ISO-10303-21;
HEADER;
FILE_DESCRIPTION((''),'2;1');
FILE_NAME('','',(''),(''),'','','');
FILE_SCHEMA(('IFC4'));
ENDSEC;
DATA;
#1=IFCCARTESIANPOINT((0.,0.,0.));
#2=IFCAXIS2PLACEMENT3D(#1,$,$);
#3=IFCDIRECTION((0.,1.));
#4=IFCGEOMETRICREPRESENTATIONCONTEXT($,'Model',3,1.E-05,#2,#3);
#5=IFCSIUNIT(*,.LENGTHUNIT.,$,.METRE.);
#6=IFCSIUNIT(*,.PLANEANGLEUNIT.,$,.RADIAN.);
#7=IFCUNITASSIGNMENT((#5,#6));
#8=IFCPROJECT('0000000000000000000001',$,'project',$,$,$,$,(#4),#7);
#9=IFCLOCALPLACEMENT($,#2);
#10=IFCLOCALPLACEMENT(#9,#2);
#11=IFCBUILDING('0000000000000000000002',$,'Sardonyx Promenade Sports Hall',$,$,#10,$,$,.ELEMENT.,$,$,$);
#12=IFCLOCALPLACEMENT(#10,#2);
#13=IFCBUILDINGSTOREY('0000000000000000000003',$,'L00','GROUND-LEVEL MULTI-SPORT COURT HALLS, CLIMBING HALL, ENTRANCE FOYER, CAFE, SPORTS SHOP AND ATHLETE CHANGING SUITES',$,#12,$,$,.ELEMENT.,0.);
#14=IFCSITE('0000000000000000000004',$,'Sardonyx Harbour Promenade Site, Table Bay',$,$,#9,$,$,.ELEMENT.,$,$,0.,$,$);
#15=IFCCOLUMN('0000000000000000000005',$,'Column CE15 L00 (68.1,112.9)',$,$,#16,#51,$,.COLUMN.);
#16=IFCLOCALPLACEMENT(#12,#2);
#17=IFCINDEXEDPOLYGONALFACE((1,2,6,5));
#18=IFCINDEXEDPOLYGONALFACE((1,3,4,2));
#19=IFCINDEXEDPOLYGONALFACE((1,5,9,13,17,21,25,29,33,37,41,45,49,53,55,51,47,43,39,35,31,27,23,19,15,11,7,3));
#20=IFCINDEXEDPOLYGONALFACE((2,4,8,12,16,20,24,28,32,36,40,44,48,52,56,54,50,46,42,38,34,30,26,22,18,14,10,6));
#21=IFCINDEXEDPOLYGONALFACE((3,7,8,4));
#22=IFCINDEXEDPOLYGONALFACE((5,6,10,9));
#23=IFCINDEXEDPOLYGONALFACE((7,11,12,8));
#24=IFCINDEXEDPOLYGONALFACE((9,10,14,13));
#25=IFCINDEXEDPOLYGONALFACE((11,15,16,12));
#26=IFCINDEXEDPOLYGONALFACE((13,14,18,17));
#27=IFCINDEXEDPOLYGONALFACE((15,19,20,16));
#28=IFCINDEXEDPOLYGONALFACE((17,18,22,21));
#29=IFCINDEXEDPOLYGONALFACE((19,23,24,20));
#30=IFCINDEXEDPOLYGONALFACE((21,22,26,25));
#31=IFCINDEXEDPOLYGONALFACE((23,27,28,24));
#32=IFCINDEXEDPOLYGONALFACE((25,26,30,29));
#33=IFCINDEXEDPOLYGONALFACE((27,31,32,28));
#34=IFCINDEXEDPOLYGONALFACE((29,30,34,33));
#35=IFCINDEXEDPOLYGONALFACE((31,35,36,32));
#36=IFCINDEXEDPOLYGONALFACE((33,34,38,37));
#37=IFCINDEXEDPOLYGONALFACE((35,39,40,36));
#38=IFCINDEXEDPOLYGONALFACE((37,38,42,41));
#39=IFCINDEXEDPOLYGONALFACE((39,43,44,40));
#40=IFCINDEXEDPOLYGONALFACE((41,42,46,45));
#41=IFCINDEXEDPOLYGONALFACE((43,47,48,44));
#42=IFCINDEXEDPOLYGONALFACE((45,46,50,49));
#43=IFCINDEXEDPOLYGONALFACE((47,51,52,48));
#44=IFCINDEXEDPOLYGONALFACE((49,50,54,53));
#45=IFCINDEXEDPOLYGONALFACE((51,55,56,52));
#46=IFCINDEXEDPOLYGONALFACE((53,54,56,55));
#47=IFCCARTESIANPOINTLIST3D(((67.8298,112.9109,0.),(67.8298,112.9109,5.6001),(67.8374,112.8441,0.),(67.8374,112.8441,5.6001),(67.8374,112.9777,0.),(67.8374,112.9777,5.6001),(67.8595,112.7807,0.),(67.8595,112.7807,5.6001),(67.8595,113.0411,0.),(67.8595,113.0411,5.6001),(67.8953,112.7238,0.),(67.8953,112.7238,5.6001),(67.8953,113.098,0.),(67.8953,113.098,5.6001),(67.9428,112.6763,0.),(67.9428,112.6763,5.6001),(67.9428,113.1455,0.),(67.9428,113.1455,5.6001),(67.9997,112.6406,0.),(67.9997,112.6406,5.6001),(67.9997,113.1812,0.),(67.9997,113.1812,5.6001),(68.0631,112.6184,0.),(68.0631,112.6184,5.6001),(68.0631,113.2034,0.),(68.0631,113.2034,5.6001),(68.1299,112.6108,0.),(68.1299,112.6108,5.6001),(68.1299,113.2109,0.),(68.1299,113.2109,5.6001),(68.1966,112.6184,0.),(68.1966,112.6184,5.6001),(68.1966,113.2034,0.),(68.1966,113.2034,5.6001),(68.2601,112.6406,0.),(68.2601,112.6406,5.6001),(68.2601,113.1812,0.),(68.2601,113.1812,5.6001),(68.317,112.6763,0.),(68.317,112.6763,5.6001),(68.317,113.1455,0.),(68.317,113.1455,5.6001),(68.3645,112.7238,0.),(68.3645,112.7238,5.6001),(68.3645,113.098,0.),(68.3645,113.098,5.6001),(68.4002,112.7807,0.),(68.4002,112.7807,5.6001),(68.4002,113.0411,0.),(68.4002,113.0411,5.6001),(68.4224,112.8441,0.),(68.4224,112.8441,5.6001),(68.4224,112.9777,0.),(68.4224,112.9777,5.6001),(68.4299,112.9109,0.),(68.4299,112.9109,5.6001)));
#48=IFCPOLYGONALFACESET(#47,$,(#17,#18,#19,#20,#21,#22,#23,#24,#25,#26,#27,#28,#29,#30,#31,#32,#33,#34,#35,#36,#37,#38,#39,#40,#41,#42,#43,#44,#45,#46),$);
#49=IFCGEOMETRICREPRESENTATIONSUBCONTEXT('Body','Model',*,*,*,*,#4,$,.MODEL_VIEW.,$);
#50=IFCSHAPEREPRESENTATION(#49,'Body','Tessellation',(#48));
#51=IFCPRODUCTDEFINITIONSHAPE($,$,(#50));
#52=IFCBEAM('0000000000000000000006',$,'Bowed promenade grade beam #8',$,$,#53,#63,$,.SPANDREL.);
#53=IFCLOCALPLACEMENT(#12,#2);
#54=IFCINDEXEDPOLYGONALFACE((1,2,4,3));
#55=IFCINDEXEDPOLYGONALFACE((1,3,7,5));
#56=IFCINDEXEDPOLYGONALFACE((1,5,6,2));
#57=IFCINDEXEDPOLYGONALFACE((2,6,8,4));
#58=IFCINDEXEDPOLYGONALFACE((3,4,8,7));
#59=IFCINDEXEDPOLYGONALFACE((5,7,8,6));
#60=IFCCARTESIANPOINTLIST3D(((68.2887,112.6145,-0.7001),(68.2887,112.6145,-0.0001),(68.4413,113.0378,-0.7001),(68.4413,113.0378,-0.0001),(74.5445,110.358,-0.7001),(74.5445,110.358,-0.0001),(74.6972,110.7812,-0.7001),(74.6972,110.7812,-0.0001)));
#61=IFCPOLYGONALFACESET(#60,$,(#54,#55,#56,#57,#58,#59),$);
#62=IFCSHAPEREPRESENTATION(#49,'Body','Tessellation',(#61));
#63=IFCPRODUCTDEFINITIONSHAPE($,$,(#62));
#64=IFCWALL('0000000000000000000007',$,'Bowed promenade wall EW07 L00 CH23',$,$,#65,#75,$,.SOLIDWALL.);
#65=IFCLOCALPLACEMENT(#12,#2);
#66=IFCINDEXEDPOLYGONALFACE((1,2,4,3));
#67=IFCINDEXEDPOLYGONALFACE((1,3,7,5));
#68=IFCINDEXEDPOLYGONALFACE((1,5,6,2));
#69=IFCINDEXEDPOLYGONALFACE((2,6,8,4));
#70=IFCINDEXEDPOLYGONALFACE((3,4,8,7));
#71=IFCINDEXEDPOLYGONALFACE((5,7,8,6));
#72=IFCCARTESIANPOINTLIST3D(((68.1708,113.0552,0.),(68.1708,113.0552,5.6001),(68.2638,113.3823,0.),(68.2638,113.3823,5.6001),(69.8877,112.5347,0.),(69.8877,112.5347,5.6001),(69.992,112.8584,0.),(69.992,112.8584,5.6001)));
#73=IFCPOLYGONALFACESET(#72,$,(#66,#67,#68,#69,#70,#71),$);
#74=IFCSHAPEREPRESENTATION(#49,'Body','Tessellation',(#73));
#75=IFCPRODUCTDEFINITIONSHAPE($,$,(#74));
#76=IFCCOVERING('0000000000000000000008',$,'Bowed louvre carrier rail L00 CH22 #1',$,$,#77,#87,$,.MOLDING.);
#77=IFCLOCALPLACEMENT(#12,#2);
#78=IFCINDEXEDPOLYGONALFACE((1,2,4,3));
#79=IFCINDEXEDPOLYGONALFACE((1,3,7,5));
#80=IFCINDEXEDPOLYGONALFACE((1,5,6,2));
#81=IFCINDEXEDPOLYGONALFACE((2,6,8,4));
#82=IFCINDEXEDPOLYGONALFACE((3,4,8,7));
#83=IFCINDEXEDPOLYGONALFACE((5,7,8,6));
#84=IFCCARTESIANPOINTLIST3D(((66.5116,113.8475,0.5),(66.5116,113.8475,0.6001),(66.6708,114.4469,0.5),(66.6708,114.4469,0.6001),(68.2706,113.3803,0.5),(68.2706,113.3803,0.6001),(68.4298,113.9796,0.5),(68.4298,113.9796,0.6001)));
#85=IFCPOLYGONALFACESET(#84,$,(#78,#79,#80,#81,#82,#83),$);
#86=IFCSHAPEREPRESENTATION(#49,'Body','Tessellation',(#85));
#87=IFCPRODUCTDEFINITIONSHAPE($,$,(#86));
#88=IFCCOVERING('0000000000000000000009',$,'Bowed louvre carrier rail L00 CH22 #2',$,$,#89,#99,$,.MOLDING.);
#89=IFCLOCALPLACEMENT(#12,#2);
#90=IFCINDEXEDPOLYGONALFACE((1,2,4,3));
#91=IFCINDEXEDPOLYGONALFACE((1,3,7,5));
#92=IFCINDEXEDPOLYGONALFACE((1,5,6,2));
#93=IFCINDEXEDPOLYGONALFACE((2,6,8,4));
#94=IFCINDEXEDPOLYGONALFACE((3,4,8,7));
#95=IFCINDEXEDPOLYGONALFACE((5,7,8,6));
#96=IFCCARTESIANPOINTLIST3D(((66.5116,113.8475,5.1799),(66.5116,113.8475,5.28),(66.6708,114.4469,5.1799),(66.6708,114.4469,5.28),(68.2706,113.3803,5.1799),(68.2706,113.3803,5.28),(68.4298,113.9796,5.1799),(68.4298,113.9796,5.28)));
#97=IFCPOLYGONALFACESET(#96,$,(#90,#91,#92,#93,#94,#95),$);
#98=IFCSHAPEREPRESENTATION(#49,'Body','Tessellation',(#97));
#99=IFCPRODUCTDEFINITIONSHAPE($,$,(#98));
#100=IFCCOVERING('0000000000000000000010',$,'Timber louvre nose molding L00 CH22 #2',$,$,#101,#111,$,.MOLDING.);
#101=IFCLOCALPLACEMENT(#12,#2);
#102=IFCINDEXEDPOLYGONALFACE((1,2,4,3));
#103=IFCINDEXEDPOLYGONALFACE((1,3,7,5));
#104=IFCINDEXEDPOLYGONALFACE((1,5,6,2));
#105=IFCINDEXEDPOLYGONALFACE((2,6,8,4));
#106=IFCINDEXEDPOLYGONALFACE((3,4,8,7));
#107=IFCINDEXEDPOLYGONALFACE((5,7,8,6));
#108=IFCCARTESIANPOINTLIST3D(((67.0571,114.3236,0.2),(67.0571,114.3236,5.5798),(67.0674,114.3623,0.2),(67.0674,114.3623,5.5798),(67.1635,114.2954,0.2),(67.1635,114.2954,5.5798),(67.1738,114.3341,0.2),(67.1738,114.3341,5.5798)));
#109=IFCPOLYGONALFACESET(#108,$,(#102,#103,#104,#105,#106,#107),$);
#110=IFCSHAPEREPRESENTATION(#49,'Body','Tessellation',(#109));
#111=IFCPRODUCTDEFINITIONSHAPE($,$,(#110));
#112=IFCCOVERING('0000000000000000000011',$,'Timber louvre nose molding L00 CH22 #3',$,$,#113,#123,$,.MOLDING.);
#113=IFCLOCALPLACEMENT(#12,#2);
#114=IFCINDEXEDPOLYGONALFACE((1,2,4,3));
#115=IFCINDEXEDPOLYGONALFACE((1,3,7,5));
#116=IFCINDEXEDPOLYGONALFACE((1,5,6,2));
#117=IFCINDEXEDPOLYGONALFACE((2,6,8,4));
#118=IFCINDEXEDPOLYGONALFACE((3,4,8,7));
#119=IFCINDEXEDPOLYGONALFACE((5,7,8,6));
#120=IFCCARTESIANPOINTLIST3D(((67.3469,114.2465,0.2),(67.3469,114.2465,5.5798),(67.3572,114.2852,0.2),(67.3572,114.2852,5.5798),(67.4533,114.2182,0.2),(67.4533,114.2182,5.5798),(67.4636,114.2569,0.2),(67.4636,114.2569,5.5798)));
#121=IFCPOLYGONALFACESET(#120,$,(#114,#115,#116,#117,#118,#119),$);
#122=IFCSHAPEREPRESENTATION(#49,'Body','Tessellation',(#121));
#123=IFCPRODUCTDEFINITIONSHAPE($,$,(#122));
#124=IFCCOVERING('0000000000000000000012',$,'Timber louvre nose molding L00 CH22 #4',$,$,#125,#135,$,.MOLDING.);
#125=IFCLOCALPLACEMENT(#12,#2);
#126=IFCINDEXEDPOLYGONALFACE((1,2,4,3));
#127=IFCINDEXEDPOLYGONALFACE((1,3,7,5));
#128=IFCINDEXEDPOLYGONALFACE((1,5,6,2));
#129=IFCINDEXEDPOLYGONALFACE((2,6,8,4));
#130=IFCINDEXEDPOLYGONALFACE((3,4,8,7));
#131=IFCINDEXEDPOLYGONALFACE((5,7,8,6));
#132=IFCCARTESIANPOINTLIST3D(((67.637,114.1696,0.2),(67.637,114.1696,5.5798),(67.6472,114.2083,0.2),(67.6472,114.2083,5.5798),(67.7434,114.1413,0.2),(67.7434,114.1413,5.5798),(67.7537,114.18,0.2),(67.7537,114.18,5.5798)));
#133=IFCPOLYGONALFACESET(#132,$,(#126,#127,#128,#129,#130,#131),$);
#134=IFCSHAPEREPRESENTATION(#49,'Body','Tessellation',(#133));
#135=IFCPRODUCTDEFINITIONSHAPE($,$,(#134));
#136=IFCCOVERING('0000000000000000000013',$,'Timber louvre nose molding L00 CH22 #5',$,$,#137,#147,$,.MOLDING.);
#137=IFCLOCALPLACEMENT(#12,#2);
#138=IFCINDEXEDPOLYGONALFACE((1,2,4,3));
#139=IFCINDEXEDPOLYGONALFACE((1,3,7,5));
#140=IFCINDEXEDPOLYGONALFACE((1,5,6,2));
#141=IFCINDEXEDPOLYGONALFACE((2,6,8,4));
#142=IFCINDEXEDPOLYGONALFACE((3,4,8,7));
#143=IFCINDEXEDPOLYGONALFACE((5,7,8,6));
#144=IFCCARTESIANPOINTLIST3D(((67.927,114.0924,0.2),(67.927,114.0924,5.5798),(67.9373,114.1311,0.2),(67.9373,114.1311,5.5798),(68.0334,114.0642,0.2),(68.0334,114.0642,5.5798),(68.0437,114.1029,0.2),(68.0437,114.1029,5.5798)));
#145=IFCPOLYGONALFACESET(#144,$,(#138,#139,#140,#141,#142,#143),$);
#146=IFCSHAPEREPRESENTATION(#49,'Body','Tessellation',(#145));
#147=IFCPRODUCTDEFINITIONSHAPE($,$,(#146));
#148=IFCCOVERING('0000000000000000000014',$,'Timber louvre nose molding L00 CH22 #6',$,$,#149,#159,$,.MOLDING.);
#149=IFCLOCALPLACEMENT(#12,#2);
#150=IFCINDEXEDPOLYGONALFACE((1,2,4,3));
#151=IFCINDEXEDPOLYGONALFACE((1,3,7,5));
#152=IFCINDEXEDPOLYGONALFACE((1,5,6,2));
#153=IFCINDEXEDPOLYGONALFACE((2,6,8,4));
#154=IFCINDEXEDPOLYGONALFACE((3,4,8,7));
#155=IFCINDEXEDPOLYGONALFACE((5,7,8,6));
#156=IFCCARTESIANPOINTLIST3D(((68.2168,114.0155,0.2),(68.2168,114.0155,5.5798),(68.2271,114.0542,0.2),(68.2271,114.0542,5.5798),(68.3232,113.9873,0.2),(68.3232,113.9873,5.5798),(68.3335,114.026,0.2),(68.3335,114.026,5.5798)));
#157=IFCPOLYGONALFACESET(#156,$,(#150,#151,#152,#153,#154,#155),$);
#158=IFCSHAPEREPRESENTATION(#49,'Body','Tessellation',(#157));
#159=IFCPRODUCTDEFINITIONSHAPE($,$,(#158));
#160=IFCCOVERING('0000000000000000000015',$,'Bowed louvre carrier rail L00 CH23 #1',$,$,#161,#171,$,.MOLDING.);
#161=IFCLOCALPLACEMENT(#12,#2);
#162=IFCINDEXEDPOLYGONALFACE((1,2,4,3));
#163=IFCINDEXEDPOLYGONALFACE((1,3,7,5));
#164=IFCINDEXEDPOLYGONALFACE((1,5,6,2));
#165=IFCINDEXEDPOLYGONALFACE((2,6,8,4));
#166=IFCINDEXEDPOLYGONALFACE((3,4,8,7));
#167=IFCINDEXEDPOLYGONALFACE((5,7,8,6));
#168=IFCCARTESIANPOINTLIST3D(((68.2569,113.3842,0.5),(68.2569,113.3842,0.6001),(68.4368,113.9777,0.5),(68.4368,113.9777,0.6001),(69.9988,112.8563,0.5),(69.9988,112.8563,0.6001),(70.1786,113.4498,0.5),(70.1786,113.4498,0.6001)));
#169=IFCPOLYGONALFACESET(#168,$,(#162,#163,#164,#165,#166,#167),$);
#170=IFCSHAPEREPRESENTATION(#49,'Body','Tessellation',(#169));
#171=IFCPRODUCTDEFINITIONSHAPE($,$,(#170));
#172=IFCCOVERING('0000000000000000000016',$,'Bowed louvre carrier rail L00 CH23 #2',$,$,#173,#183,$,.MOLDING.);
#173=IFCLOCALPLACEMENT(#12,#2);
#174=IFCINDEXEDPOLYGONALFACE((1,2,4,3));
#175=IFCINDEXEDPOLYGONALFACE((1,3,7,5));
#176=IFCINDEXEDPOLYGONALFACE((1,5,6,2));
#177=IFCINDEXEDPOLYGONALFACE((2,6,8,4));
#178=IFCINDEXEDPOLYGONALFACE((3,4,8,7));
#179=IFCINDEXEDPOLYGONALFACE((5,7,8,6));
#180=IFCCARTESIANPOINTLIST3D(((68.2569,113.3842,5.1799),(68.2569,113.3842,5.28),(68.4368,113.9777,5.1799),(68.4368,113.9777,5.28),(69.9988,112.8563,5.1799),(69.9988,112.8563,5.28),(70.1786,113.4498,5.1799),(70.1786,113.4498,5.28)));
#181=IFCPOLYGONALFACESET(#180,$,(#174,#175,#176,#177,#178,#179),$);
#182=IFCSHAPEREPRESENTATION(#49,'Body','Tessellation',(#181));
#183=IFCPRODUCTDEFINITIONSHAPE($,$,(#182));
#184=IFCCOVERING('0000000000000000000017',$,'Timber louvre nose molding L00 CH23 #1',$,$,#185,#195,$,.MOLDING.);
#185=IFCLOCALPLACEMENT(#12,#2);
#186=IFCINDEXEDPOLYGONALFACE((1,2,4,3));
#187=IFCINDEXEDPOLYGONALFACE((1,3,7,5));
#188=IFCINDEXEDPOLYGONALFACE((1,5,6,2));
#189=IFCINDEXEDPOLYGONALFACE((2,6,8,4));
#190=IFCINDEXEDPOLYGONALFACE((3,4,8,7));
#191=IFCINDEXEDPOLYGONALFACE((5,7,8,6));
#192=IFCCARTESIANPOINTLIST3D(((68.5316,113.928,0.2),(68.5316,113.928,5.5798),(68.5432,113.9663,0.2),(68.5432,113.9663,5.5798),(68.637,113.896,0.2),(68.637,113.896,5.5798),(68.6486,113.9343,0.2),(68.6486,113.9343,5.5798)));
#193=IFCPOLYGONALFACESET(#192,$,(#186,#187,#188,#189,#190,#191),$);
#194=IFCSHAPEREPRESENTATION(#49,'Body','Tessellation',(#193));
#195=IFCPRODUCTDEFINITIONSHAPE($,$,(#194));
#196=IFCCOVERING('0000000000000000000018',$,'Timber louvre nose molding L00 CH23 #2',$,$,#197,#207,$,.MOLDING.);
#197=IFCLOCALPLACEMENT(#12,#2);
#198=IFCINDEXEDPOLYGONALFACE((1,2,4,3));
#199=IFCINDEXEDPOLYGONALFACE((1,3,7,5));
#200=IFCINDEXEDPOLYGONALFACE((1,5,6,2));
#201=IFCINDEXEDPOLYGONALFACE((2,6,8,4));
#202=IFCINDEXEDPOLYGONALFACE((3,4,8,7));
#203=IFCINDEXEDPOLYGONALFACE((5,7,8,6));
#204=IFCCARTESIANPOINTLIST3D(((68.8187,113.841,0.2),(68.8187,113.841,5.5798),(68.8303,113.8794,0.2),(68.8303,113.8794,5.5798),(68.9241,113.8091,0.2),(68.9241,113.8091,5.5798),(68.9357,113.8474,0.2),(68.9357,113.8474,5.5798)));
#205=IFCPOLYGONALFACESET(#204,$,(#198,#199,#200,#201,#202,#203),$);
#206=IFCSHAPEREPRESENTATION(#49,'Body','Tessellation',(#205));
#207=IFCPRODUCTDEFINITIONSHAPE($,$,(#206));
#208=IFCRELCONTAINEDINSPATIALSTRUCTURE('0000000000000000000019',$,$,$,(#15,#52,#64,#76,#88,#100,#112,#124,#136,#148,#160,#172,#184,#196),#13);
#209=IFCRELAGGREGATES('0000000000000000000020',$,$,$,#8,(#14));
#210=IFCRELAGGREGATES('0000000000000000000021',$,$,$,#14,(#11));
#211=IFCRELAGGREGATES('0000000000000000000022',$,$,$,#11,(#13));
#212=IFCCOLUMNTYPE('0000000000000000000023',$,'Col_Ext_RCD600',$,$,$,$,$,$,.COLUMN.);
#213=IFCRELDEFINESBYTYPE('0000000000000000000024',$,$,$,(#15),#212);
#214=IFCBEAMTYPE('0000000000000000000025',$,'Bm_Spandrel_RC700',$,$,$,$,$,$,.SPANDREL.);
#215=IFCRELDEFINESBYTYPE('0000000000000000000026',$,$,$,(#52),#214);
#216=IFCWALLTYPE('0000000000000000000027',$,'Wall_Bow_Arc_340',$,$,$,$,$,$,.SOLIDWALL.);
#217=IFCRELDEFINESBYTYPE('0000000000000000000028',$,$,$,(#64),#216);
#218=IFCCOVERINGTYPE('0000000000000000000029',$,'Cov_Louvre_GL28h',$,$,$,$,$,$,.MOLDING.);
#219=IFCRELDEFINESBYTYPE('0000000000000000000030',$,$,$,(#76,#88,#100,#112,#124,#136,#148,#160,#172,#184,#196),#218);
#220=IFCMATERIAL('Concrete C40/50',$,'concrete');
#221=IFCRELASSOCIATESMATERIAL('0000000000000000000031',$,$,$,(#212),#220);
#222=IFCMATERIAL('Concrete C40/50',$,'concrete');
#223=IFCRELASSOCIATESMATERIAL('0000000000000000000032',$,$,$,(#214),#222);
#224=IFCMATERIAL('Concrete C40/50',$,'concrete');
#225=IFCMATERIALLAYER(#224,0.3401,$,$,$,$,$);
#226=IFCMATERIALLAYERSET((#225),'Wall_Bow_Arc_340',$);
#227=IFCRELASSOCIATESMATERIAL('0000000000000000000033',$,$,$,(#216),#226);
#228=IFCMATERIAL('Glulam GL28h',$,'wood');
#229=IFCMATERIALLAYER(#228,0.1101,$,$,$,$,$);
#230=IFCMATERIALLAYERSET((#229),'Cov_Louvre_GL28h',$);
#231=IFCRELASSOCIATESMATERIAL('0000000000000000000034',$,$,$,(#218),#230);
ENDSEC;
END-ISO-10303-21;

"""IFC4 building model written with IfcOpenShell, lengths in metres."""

from ifc_helpers import new_model, si_unit, direction, frame, origin, origin_2d, place, context, subcontext, project, spatial, polyline, rectangle, circle, outline, extrude, material, layer, layer_set, material_profile, profile_set, type_object, element, save


model = new_model("IFC4")

# Units and contexts
model_context = context("Model", 3, precision=1e-05, world=origin(), true_north=direction((0.0, 1.0)))
body_context = subcontext(model_context, "Body", "Model", "MODEL_VIEW")
ifc_project = project(units=[si_unit("LENGTHUNIT", "METRE"), si_unit("PLANEANGLEUNIT", "RADIAN")], contexts=[model_context])

# Site, building, storey
site_placement = place(None, origin())
site = spatial("IfcSite", under=ifc_project, at=site_placement, Name="Sardonyx Harbour Promenade Site, Table Bay", CompositionType="ELEMENT", RefElevation=0.0)
building_placement = place(site_placement, origin())
building = spatial("IfcBuilding", under=site, at=building_placement, Name="Sardonyx Promenade Sports Hall", CompositionType="ELEMENT")
storey_placement = place(building_placement, origin())
storey = spatial("IfcBuildingStorey", under=building, at=storey_placement, Name="L00", Description="GROUND-LEVEL MULTI-SPORT COURT HALLS, CLIMBING HALL, ENTRANCE FOYER, CAFE, SPORTS SHOP AND ATHLETE CHANGING SUITES", CompositionType="ELEMENT", Elevation=0.0)

# Column
ifc_material_1 = material(Name="Concrete C40/50", Category="concrete")
ifc_material_profile_1 = material_profile(ifc_material_1, circle(Radius=0.3, at=origin_2d()))
ifc_profile_set_1 = profile_set([ifc_material_profile_1], Name="Concrete C40/50")
column_type = type_object("IfcColumnType", Name="Col_Ext_RCD600", PredefinedType="COLUMN", material=ifc_profile_set_1)
column_placement = place(storey_placement, frame((68.1299, 112.9109, 0.0), z_axis=(0.0, 0.0, 1.0), x_axis=(1.0, 0.0, 0.0)))
element("IfcColumn", 1, at=column_placement, inside=storey, type_object=column_type, Name="Column CE15 L00 (68.1,112.9)", PredefinedType="COLUMN", context=body_context, shape_type="SweptSolid", body=[
    extrude(circle(Radius=0.3, at=origin_2d()), origin(), (0.0, 0.0, 1.0), 5.6001),
])

# Beam
ifc_material_2 = material(Name="Concrete C40/50", Category="concrete")
ifc_material_profile_2 = material_profile(ifc_material_2, rectangle(XDim=0.45, YDim=0.7, at=origin_2d()))
ifc_profile_set_2 = profile_set([ifc_material_profile_2], Name="Concrete C40/50")
beam_type = type_object("IfcBeamType", Name="Bm_Spandrel_RC700", PredefinedType="SPANDREL", material=ifc_profile_set_2)
beam_placement = place(storey_placement, frame((68.365, 112.8262, -0.3501), z_axis=(0.940672, -0.339316, 0.0), x_axis=(0.339316, 0.940672, 0.0)))
element("IfcBeam", 2, at=beam_placement, inside=storey, type_object=beam_type, Name="Bowed promenade grade beam #8", PredefinedType="SPANDREL", context=body_context, shape_type="SweptSolid", body=[
    extrude(rectangle(XDim=0.45, YDim=0.7, at=origin_2d()), origin(), (0.0, 0.0, 1.0), 6.6504),
])

# Wall
ifc_material_3 = material(Name="Concrete C40/50", Category="concrete")
ifc_layer_1 = layer(ifc_material_3, 0.3401)
ifc_layer_set_1 = layer_set([ifc_layer_1], Name="Wall_Bow_Arc_340")
wall_type = type_object("IfcWallType", Name="Wall_Bow_Arc_340", PredefinedType="SOLIDWALL", material=ifc_layer_set_1)
wall_placement = place(storey_placement, frame((68.2173, 113.2188, 0.0), z_axis=(0.0, 0.0, 1.0), x_axis=(0.956994, -0.290109, 0.0)))
element("IfcWall", 3, at=wall_placement, inside=storey, type_object=wall_type, Name="Bowed promenade wall EW07 L00 CH23", PredefinedType="SOLIDWALL", context=body_context, shape_type="SweptSolid", body=[
    extrude(outline(polyline([(0.0029, -0.17), (1.7971, -0.17), (1.8029, 0.17), (-0.0029, 0.17), (0.0029, -0.17)])), origin(), (0.0, 0.0, 1.0), 5.6001),
])

# Coverings
ifc_material_4 = material(Name="Glulam GL28h", Category="wood")
ifc_layer_2 = layer(ifc_material_4, 0.1101)
ifc_layer_set_2 = layer_set([ifc_layer_2], Name="Cov_Louvre_GL28h")
covering_type = type_object("IfcCoveringType", Name="Cov_Louvre_GL28h", PredefinedType="MOLDING", material=ifc_layer_set_2)
for number, where, z_axis, x_axis, name in (
    (4, (67.4707, 113.9136, 0.5), (0.0, 0.0, 1.0), (0.966485, -0.256721, 0.0), "Bowed louvre carrier rail L00 CH22 #1"),
    (5, (67.4707, 113.9136, 5.1799), (0.0, 0.0, 1.0), (0.966485, -0.256721, 0.0), "Bowed louvre carrier rail L00 CH22 #2"),
):
    element("IfcCovering", number, at=place(storey_placement, frame(where, z_axis=z_axis, x_axis=x_axis)), inside=storey, type_object=covering_type, Name=name, PredefinedType="MOLDING", context=body_context, shape_type="SweptSolid", body=[
        extrude(rectangle(XDim=1.8201, YDim=0.6201, at=origin_2d()), origin(), (0.0, 0.0, 1.0), 0.1001),
    ])
for number, where, z_axis, x_axis, name in (
    (6, (67.1155, 114.3289, 0.2), (0.0, 0.0, 1.0), (0.966485, -0.256721, 0.0), "Timber louvre nose molding L00 CH22 #2"),
    (7, (67.4053, 114.2517, 0.2), (0.0, 0.0, 1.0), (0.966485, -0.256721, 0.0), "Timber louvre nose molding L00 CH22 #3"),
    (8, (67.6953, 114.1748, 0.2), (0.0, 0.0, 1.0), (0.966485, -0.256721, 0.0), "Timber louvre nose molding L00 CH22 #4"),
    (9, (67.9854, 114.0977, 0.2), (0.0, 0.0, 1.0), (0.966485, -0.256721, 0.0), "Timber louvre nose molding L00 CH22 #5"),
    (10, (68.2751, 114.0208, 0.2), (0.0, 0.0, 1.0), (0.966485, -0.256721, 0.0), "Timber louvre nose molding L00 CH22 #6"),
):
    element("IfcCovering", number, at=place(storey_placement, frame(where, z_axis=z_axis, x_axis=x_axis)), inside=storey, type_object=covering_type, Name=name, PredefinedType="MOLDING", context=body_context, shape_type="SweptSolid", body=[
        extrude(rectangle(XDim=0.1101, YDim=0.04, at=origin_2d()), origin(), (0.0, 0.0, 1.0), 5.3799),
    ])
for number, where, z_axis, x_axis, name in (
    (11, (69.2178, 113.417, 0.5), (0.0, 0.0, 1.0), (0.957021, -0.290017, 0.0), "Bowed louvre carrier rail L00 CH23 #1"),
    (12, (69.2178, 113.417, 5.1799), (0.0, 0.0, 1.0), (0.957021, -0.290017, 0.0), "Bowed louvre carrier rail L00 CH23 #2"),
):
    element("IfcCovering", number, at=place(storey_placement, frame(where, z_axis=z_axis, x_axis=x_axis)), inside=storey, type_object=covering_type, Name=name, PredefinedType="MOLDING", context=body_context, shape_type="SweptSolid", body=[
        extrude(rectangle(XDim=1.8201, YDim=0.6201, at=origin_2d()), origin(), (0.0, 0.0, 1.0), 0.1001),
    ])
for number, where, z_axis, x_axis, name in (
    (13, (68.5901, 113.9312, 0.2), (0.0, 0.0, 1.0), (0.957021, -0.290017, 0.0), "Timber louvre nose molding L00 CH23 #1"),
    (14, (68.8772, 113.8442, 0.2), (0.0, 0.0, 1.0), (0.957021, -0.290017, 0.0), "Timber louvre nose molding L00 CH23 #2"),
):
    element("IfcCovering", number, at=place(storey_placement, frame(where, z_axis=z_axis, x_axis=x_axis)), inside=storey, type_object=covering_type, Name=name, PredefinedType="MOLDING", context=body_context, shape_type="SweptSolid", body=[
        extrude(rectangle(XDim=0.1101, YDim=0.04, at=origin_2d()), origin(), (0.0, 0.0, 1.0), 5.3799),
    ])

save(model, "model.ifc")
